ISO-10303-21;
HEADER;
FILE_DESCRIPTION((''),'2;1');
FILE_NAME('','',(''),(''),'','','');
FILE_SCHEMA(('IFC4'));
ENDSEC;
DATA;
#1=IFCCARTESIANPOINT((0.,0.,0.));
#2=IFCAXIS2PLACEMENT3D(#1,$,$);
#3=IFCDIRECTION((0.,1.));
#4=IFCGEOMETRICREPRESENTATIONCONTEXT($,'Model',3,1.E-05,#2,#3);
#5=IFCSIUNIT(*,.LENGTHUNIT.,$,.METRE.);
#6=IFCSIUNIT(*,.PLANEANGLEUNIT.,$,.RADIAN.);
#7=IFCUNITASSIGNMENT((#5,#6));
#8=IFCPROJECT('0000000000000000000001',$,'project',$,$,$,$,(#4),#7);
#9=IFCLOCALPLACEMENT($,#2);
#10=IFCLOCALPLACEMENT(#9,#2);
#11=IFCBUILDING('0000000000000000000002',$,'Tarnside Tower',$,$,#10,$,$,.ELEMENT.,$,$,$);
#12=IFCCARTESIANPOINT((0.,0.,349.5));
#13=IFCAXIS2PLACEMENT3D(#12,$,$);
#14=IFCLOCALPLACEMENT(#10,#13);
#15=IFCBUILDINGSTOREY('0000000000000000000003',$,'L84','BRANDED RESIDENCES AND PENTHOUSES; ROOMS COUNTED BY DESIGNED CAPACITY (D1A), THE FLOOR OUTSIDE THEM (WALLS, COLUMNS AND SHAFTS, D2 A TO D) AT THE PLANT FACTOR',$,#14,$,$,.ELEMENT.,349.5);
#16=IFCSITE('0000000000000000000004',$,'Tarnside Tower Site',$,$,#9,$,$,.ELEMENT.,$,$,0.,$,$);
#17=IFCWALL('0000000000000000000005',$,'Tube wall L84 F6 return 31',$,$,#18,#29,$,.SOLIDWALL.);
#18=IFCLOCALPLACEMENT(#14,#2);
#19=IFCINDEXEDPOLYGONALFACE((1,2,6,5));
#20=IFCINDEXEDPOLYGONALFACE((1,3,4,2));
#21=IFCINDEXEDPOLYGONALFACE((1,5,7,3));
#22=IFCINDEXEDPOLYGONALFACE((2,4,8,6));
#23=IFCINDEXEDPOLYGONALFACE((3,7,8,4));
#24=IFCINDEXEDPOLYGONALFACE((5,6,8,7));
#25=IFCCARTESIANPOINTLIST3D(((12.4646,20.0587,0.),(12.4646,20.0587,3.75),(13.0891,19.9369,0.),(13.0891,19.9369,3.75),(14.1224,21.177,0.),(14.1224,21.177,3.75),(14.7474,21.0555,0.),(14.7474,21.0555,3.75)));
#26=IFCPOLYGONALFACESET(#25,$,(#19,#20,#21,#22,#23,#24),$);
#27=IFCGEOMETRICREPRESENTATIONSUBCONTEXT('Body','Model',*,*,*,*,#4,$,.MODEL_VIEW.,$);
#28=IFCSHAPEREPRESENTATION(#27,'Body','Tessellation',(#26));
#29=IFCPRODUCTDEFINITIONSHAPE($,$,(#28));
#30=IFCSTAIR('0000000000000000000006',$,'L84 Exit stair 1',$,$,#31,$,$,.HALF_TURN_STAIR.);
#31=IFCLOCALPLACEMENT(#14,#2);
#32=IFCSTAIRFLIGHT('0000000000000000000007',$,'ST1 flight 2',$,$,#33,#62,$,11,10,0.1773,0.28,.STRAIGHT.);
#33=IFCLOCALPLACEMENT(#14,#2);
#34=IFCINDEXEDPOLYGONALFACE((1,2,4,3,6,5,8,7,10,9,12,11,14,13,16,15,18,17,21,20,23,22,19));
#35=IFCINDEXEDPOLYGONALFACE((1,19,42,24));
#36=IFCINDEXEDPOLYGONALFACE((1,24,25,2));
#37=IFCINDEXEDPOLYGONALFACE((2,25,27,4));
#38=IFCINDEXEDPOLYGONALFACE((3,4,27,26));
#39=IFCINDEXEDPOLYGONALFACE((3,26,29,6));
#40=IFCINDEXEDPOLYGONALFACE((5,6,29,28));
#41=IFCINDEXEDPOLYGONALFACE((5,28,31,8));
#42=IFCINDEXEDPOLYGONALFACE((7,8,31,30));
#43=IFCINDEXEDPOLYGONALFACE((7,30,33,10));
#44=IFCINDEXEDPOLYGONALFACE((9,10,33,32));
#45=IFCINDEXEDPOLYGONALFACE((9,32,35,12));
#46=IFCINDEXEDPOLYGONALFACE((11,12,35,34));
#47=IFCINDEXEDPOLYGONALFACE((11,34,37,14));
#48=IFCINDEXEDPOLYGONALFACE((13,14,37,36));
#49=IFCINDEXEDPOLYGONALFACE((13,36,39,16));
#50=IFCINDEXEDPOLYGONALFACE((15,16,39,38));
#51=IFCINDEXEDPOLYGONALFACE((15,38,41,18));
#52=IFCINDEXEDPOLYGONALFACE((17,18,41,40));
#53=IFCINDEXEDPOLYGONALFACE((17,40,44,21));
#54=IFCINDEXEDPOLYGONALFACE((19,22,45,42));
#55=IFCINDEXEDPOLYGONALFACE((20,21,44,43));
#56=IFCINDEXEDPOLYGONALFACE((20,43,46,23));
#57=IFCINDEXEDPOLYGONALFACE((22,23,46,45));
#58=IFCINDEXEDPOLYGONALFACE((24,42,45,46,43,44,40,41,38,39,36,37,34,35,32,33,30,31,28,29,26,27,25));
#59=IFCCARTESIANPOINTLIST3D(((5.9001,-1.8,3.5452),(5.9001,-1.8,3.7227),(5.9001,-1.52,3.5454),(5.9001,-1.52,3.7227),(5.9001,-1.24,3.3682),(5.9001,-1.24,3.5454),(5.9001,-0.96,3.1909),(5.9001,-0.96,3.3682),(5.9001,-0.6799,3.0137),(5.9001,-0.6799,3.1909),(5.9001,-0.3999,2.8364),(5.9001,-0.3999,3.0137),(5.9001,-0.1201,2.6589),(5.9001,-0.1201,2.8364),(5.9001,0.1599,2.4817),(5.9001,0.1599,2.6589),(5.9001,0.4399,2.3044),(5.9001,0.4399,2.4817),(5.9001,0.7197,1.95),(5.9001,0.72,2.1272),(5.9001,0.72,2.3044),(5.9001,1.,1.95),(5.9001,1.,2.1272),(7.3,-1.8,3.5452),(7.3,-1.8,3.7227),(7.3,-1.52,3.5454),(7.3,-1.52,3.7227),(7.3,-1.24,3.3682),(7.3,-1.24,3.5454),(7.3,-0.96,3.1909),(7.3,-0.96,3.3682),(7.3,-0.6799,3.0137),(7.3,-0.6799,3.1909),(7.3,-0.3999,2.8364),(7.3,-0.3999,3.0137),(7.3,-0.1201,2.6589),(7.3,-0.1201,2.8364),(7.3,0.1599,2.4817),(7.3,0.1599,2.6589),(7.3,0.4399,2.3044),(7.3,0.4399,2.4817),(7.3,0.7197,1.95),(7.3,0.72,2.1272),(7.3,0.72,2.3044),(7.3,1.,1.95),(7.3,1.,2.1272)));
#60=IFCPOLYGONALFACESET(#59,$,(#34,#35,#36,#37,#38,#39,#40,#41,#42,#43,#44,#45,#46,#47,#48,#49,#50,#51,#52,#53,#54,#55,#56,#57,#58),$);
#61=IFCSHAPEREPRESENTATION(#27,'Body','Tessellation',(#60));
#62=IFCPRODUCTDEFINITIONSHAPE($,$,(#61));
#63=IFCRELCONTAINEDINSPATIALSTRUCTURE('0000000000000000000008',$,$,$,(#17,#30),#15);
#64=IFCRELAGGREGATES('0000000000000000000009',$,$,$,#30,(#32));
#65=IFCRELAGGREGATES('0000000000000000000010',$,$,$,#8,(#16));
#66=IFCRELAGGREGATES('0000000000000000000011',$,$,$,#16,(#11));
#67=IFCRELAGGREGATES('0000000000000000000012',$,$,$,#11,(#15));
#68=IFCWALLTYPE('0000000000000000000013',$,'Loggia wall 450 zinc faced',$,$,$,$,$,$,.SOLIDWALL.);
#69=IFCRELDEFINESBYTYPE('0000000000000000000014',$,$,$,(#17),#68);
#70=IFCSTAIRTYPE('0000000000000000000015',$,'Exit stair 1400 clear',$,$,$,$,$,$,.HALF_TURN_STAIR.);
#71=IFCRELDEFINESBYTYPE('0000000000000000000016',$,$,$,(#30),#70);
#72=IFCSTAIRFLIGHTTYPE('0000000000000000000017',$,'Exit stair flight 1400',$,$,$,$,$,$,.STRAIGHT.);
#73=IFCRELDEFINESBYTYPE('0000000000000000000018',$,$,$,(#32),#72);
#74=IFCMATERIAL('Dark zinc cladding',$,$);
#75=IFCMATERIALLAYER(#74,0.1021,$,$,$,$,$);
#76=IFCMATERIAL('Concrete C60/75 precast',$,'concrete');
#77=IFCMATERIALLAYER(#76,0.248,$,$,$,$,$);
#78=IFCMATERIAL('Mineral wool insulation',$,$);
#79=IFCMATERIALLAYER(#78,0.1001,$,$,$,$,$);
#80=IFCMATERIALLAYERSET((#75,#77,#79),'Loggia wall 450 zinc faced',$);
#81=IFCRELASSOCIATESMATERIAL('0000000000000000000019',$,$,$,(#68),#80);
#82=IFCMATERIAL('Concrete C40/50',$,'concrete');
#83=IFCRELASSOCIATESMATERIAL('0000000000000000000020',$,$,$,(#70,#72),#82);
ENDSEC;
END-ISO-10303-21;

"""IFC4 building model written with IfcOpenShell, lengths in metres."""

from ifc_helpers import new_model, si_unit, direction, frame, origin, place, context, subcontext, project, spatial, polyline, outline, extrude, material, layer, layer_set, type_object, element, aggregate, save


model = new_model("IFC4")

# Units and contexts
model_context = context("Model", 3, precision=1e-05, world=origin(), true_north=direction((0.0, 1.0)))
body_context = subcontext(model_context, "Body", "Model", "MODEL_VIEW")
ifc_project = project(units=[si_unit("LENGTHUNIT", "METRE"), si_unit("PLANEANGLEUNIT", "RADIAN")], contexts=[model_context])

# Site, building, storey
site_placement = place(None, origin())
site = spatial("IfcSite", under=ifc_project, at=site_placement, Name="Tarnside Tower Site", CompositionType="ELEMENT", RefElevation=0.0)
building_placement = place(site_placement, origin())
building = spatial("IfcBuilding", under=site, at=building_placement, Name="Tarnside Tower", CompositionType="ELEMENT")
storey_placement = place(building_placement, frame((0.0, 0.0, 349.5)))
storey = spatial("IfcBuildingStorey", under=building, at=storey_placement, Name="L84", Description="BRANDED RESIDENCES AND PENTHOUSES; ROOMS COUNTED BY DESIGNED CAPACITY (D1A), THE FLOOR OUTSIDE THEM (WALLS, COLUMNS AND SHAFTS, D2 A TO D) AT THE PLANT FACTOR", CompositionType="ELEMENT", Elevation=349.5)

# Shared definitions
ifc_material_1 = material(Name="Concrete C40/50", Category="concrete")

# Wall
ifc_material_2 = material(Name="Dark zinc cladding")
ifc_layer_1 = layer(ifc_material_2, 0.1021)
ifc_material_3 = material(Name="Concrete C60/75 precast", Category="concrete")
ifc_layer_2 = layer(ifc_material_3, 0.248)
ifc_material_4 = material(Name="Mineral wool insulation")
ifc_layer_3 = layer(ifc_material_4, 0.1001)
ifc_layer_set_1 = layer_set([ifc_layer_1, ifc_layer_2, ifc_layer_3], Name="Loggia wall 450 zinc faced")
wall_type_1 = type_object("IfcWallType", Name="Loggia wall 450 zinc faced", PredefinedType="SOLIDWALL", material=ifc_layer_set_1)
wall_1_placement = place(storey_placement, frame((12.7769, 19.9978, 0.0), z_axis=(0.0, 0.0, 1.0), x_axis=(0.829014, 0.559228, 0.0)))
element("IfcWall", 1, at=wall_1_placement, inside=storey, type_object=wall_type_1, Name="Tube wall L84 F6 return 31", PredefinedType="SOLIDWALL", context=body_context, shape_type="SweptSolid", body=[
    extrude(outline(polyline([(0.2249, -0.2251), (2.2251, -0.2251), (1.7749, 0.2251), (-0.2249, 0.2251), (0.2249, -0.2251)])), origin(), (0.0, 0.0, 1.0), 3.75),
])

# Stair, stair flight
stair_type = type_object("IfcStairType", Name="Exit stair 1400 clear", PredefinedType="HALF_TURN_STAIR", material=ifc_material_1)
stair_placement = place(storey_placement, origin())
stair = element("IfcStair", 2, at=stair_placement, inside=storey, type_object=stair_type, Name="L84 Exit stair 1", PredefinedType="HALF_TURN_STAIR")
stair_flight_type = type_object("IfcStairFlightType", Name="Exit stair flight 1400", PredefinedType="STRAIGHT", material=ifc_material_1)
stair_flight_placement = place(storey_placement, frame((6.6001, 1.0, 1.95), z_axis=(0.0, 0.0, 1.0), x_axis=(0.0, -1.0, 0.0)))
stair_flight = element("IfcStairFlight", 3, at=stair_flight_placement, type_object=stair_flight_type, Name="ST1 flight 2", NumberOfRisers=11, NumberOfTreads=10, PredefinedType="STRAIGHT", RiserHeight=0.1773, TreadLength=0.28, context=body_context, shape_type="SweptSolid", body=[
    extrude(outline(polyline([(0.0, 0.0), (0.0, 0.1772), (0.28, 0.1772), (0.28, 0.3545), (0.5601, 0.3545), (0.5601, 0.5317), (0.8401, 0.5317), (0.8401, 0.709), (1.1201, 0.709), (1.1201, 0.8865), (1.3999, 0.8865), (1.3999, 1.0637), (1.6799, 1.0637), (1.6799, 1.241), (1.96, 1.241), (1.96, 1.4182), (2.24, 1.4182), (2.24, 1.5955), (2.52, 1.5955), (2.52, 1.7727), (2.8, 1.7727), (2.8, 1.95), (2.8, 1.5952), (0.2803, 0.0), (0.0, 0.0)])), frame((0.0, 0.7, 0.0), z_axis=(0.0, -1.0, 0.0), x_axis=(1.0, 0.0, 0.0)), (0.0, 0.0, 1.0), 1.3999),
])
aggregate(stair, [stair_flight])

save(model, "model.ifc")
